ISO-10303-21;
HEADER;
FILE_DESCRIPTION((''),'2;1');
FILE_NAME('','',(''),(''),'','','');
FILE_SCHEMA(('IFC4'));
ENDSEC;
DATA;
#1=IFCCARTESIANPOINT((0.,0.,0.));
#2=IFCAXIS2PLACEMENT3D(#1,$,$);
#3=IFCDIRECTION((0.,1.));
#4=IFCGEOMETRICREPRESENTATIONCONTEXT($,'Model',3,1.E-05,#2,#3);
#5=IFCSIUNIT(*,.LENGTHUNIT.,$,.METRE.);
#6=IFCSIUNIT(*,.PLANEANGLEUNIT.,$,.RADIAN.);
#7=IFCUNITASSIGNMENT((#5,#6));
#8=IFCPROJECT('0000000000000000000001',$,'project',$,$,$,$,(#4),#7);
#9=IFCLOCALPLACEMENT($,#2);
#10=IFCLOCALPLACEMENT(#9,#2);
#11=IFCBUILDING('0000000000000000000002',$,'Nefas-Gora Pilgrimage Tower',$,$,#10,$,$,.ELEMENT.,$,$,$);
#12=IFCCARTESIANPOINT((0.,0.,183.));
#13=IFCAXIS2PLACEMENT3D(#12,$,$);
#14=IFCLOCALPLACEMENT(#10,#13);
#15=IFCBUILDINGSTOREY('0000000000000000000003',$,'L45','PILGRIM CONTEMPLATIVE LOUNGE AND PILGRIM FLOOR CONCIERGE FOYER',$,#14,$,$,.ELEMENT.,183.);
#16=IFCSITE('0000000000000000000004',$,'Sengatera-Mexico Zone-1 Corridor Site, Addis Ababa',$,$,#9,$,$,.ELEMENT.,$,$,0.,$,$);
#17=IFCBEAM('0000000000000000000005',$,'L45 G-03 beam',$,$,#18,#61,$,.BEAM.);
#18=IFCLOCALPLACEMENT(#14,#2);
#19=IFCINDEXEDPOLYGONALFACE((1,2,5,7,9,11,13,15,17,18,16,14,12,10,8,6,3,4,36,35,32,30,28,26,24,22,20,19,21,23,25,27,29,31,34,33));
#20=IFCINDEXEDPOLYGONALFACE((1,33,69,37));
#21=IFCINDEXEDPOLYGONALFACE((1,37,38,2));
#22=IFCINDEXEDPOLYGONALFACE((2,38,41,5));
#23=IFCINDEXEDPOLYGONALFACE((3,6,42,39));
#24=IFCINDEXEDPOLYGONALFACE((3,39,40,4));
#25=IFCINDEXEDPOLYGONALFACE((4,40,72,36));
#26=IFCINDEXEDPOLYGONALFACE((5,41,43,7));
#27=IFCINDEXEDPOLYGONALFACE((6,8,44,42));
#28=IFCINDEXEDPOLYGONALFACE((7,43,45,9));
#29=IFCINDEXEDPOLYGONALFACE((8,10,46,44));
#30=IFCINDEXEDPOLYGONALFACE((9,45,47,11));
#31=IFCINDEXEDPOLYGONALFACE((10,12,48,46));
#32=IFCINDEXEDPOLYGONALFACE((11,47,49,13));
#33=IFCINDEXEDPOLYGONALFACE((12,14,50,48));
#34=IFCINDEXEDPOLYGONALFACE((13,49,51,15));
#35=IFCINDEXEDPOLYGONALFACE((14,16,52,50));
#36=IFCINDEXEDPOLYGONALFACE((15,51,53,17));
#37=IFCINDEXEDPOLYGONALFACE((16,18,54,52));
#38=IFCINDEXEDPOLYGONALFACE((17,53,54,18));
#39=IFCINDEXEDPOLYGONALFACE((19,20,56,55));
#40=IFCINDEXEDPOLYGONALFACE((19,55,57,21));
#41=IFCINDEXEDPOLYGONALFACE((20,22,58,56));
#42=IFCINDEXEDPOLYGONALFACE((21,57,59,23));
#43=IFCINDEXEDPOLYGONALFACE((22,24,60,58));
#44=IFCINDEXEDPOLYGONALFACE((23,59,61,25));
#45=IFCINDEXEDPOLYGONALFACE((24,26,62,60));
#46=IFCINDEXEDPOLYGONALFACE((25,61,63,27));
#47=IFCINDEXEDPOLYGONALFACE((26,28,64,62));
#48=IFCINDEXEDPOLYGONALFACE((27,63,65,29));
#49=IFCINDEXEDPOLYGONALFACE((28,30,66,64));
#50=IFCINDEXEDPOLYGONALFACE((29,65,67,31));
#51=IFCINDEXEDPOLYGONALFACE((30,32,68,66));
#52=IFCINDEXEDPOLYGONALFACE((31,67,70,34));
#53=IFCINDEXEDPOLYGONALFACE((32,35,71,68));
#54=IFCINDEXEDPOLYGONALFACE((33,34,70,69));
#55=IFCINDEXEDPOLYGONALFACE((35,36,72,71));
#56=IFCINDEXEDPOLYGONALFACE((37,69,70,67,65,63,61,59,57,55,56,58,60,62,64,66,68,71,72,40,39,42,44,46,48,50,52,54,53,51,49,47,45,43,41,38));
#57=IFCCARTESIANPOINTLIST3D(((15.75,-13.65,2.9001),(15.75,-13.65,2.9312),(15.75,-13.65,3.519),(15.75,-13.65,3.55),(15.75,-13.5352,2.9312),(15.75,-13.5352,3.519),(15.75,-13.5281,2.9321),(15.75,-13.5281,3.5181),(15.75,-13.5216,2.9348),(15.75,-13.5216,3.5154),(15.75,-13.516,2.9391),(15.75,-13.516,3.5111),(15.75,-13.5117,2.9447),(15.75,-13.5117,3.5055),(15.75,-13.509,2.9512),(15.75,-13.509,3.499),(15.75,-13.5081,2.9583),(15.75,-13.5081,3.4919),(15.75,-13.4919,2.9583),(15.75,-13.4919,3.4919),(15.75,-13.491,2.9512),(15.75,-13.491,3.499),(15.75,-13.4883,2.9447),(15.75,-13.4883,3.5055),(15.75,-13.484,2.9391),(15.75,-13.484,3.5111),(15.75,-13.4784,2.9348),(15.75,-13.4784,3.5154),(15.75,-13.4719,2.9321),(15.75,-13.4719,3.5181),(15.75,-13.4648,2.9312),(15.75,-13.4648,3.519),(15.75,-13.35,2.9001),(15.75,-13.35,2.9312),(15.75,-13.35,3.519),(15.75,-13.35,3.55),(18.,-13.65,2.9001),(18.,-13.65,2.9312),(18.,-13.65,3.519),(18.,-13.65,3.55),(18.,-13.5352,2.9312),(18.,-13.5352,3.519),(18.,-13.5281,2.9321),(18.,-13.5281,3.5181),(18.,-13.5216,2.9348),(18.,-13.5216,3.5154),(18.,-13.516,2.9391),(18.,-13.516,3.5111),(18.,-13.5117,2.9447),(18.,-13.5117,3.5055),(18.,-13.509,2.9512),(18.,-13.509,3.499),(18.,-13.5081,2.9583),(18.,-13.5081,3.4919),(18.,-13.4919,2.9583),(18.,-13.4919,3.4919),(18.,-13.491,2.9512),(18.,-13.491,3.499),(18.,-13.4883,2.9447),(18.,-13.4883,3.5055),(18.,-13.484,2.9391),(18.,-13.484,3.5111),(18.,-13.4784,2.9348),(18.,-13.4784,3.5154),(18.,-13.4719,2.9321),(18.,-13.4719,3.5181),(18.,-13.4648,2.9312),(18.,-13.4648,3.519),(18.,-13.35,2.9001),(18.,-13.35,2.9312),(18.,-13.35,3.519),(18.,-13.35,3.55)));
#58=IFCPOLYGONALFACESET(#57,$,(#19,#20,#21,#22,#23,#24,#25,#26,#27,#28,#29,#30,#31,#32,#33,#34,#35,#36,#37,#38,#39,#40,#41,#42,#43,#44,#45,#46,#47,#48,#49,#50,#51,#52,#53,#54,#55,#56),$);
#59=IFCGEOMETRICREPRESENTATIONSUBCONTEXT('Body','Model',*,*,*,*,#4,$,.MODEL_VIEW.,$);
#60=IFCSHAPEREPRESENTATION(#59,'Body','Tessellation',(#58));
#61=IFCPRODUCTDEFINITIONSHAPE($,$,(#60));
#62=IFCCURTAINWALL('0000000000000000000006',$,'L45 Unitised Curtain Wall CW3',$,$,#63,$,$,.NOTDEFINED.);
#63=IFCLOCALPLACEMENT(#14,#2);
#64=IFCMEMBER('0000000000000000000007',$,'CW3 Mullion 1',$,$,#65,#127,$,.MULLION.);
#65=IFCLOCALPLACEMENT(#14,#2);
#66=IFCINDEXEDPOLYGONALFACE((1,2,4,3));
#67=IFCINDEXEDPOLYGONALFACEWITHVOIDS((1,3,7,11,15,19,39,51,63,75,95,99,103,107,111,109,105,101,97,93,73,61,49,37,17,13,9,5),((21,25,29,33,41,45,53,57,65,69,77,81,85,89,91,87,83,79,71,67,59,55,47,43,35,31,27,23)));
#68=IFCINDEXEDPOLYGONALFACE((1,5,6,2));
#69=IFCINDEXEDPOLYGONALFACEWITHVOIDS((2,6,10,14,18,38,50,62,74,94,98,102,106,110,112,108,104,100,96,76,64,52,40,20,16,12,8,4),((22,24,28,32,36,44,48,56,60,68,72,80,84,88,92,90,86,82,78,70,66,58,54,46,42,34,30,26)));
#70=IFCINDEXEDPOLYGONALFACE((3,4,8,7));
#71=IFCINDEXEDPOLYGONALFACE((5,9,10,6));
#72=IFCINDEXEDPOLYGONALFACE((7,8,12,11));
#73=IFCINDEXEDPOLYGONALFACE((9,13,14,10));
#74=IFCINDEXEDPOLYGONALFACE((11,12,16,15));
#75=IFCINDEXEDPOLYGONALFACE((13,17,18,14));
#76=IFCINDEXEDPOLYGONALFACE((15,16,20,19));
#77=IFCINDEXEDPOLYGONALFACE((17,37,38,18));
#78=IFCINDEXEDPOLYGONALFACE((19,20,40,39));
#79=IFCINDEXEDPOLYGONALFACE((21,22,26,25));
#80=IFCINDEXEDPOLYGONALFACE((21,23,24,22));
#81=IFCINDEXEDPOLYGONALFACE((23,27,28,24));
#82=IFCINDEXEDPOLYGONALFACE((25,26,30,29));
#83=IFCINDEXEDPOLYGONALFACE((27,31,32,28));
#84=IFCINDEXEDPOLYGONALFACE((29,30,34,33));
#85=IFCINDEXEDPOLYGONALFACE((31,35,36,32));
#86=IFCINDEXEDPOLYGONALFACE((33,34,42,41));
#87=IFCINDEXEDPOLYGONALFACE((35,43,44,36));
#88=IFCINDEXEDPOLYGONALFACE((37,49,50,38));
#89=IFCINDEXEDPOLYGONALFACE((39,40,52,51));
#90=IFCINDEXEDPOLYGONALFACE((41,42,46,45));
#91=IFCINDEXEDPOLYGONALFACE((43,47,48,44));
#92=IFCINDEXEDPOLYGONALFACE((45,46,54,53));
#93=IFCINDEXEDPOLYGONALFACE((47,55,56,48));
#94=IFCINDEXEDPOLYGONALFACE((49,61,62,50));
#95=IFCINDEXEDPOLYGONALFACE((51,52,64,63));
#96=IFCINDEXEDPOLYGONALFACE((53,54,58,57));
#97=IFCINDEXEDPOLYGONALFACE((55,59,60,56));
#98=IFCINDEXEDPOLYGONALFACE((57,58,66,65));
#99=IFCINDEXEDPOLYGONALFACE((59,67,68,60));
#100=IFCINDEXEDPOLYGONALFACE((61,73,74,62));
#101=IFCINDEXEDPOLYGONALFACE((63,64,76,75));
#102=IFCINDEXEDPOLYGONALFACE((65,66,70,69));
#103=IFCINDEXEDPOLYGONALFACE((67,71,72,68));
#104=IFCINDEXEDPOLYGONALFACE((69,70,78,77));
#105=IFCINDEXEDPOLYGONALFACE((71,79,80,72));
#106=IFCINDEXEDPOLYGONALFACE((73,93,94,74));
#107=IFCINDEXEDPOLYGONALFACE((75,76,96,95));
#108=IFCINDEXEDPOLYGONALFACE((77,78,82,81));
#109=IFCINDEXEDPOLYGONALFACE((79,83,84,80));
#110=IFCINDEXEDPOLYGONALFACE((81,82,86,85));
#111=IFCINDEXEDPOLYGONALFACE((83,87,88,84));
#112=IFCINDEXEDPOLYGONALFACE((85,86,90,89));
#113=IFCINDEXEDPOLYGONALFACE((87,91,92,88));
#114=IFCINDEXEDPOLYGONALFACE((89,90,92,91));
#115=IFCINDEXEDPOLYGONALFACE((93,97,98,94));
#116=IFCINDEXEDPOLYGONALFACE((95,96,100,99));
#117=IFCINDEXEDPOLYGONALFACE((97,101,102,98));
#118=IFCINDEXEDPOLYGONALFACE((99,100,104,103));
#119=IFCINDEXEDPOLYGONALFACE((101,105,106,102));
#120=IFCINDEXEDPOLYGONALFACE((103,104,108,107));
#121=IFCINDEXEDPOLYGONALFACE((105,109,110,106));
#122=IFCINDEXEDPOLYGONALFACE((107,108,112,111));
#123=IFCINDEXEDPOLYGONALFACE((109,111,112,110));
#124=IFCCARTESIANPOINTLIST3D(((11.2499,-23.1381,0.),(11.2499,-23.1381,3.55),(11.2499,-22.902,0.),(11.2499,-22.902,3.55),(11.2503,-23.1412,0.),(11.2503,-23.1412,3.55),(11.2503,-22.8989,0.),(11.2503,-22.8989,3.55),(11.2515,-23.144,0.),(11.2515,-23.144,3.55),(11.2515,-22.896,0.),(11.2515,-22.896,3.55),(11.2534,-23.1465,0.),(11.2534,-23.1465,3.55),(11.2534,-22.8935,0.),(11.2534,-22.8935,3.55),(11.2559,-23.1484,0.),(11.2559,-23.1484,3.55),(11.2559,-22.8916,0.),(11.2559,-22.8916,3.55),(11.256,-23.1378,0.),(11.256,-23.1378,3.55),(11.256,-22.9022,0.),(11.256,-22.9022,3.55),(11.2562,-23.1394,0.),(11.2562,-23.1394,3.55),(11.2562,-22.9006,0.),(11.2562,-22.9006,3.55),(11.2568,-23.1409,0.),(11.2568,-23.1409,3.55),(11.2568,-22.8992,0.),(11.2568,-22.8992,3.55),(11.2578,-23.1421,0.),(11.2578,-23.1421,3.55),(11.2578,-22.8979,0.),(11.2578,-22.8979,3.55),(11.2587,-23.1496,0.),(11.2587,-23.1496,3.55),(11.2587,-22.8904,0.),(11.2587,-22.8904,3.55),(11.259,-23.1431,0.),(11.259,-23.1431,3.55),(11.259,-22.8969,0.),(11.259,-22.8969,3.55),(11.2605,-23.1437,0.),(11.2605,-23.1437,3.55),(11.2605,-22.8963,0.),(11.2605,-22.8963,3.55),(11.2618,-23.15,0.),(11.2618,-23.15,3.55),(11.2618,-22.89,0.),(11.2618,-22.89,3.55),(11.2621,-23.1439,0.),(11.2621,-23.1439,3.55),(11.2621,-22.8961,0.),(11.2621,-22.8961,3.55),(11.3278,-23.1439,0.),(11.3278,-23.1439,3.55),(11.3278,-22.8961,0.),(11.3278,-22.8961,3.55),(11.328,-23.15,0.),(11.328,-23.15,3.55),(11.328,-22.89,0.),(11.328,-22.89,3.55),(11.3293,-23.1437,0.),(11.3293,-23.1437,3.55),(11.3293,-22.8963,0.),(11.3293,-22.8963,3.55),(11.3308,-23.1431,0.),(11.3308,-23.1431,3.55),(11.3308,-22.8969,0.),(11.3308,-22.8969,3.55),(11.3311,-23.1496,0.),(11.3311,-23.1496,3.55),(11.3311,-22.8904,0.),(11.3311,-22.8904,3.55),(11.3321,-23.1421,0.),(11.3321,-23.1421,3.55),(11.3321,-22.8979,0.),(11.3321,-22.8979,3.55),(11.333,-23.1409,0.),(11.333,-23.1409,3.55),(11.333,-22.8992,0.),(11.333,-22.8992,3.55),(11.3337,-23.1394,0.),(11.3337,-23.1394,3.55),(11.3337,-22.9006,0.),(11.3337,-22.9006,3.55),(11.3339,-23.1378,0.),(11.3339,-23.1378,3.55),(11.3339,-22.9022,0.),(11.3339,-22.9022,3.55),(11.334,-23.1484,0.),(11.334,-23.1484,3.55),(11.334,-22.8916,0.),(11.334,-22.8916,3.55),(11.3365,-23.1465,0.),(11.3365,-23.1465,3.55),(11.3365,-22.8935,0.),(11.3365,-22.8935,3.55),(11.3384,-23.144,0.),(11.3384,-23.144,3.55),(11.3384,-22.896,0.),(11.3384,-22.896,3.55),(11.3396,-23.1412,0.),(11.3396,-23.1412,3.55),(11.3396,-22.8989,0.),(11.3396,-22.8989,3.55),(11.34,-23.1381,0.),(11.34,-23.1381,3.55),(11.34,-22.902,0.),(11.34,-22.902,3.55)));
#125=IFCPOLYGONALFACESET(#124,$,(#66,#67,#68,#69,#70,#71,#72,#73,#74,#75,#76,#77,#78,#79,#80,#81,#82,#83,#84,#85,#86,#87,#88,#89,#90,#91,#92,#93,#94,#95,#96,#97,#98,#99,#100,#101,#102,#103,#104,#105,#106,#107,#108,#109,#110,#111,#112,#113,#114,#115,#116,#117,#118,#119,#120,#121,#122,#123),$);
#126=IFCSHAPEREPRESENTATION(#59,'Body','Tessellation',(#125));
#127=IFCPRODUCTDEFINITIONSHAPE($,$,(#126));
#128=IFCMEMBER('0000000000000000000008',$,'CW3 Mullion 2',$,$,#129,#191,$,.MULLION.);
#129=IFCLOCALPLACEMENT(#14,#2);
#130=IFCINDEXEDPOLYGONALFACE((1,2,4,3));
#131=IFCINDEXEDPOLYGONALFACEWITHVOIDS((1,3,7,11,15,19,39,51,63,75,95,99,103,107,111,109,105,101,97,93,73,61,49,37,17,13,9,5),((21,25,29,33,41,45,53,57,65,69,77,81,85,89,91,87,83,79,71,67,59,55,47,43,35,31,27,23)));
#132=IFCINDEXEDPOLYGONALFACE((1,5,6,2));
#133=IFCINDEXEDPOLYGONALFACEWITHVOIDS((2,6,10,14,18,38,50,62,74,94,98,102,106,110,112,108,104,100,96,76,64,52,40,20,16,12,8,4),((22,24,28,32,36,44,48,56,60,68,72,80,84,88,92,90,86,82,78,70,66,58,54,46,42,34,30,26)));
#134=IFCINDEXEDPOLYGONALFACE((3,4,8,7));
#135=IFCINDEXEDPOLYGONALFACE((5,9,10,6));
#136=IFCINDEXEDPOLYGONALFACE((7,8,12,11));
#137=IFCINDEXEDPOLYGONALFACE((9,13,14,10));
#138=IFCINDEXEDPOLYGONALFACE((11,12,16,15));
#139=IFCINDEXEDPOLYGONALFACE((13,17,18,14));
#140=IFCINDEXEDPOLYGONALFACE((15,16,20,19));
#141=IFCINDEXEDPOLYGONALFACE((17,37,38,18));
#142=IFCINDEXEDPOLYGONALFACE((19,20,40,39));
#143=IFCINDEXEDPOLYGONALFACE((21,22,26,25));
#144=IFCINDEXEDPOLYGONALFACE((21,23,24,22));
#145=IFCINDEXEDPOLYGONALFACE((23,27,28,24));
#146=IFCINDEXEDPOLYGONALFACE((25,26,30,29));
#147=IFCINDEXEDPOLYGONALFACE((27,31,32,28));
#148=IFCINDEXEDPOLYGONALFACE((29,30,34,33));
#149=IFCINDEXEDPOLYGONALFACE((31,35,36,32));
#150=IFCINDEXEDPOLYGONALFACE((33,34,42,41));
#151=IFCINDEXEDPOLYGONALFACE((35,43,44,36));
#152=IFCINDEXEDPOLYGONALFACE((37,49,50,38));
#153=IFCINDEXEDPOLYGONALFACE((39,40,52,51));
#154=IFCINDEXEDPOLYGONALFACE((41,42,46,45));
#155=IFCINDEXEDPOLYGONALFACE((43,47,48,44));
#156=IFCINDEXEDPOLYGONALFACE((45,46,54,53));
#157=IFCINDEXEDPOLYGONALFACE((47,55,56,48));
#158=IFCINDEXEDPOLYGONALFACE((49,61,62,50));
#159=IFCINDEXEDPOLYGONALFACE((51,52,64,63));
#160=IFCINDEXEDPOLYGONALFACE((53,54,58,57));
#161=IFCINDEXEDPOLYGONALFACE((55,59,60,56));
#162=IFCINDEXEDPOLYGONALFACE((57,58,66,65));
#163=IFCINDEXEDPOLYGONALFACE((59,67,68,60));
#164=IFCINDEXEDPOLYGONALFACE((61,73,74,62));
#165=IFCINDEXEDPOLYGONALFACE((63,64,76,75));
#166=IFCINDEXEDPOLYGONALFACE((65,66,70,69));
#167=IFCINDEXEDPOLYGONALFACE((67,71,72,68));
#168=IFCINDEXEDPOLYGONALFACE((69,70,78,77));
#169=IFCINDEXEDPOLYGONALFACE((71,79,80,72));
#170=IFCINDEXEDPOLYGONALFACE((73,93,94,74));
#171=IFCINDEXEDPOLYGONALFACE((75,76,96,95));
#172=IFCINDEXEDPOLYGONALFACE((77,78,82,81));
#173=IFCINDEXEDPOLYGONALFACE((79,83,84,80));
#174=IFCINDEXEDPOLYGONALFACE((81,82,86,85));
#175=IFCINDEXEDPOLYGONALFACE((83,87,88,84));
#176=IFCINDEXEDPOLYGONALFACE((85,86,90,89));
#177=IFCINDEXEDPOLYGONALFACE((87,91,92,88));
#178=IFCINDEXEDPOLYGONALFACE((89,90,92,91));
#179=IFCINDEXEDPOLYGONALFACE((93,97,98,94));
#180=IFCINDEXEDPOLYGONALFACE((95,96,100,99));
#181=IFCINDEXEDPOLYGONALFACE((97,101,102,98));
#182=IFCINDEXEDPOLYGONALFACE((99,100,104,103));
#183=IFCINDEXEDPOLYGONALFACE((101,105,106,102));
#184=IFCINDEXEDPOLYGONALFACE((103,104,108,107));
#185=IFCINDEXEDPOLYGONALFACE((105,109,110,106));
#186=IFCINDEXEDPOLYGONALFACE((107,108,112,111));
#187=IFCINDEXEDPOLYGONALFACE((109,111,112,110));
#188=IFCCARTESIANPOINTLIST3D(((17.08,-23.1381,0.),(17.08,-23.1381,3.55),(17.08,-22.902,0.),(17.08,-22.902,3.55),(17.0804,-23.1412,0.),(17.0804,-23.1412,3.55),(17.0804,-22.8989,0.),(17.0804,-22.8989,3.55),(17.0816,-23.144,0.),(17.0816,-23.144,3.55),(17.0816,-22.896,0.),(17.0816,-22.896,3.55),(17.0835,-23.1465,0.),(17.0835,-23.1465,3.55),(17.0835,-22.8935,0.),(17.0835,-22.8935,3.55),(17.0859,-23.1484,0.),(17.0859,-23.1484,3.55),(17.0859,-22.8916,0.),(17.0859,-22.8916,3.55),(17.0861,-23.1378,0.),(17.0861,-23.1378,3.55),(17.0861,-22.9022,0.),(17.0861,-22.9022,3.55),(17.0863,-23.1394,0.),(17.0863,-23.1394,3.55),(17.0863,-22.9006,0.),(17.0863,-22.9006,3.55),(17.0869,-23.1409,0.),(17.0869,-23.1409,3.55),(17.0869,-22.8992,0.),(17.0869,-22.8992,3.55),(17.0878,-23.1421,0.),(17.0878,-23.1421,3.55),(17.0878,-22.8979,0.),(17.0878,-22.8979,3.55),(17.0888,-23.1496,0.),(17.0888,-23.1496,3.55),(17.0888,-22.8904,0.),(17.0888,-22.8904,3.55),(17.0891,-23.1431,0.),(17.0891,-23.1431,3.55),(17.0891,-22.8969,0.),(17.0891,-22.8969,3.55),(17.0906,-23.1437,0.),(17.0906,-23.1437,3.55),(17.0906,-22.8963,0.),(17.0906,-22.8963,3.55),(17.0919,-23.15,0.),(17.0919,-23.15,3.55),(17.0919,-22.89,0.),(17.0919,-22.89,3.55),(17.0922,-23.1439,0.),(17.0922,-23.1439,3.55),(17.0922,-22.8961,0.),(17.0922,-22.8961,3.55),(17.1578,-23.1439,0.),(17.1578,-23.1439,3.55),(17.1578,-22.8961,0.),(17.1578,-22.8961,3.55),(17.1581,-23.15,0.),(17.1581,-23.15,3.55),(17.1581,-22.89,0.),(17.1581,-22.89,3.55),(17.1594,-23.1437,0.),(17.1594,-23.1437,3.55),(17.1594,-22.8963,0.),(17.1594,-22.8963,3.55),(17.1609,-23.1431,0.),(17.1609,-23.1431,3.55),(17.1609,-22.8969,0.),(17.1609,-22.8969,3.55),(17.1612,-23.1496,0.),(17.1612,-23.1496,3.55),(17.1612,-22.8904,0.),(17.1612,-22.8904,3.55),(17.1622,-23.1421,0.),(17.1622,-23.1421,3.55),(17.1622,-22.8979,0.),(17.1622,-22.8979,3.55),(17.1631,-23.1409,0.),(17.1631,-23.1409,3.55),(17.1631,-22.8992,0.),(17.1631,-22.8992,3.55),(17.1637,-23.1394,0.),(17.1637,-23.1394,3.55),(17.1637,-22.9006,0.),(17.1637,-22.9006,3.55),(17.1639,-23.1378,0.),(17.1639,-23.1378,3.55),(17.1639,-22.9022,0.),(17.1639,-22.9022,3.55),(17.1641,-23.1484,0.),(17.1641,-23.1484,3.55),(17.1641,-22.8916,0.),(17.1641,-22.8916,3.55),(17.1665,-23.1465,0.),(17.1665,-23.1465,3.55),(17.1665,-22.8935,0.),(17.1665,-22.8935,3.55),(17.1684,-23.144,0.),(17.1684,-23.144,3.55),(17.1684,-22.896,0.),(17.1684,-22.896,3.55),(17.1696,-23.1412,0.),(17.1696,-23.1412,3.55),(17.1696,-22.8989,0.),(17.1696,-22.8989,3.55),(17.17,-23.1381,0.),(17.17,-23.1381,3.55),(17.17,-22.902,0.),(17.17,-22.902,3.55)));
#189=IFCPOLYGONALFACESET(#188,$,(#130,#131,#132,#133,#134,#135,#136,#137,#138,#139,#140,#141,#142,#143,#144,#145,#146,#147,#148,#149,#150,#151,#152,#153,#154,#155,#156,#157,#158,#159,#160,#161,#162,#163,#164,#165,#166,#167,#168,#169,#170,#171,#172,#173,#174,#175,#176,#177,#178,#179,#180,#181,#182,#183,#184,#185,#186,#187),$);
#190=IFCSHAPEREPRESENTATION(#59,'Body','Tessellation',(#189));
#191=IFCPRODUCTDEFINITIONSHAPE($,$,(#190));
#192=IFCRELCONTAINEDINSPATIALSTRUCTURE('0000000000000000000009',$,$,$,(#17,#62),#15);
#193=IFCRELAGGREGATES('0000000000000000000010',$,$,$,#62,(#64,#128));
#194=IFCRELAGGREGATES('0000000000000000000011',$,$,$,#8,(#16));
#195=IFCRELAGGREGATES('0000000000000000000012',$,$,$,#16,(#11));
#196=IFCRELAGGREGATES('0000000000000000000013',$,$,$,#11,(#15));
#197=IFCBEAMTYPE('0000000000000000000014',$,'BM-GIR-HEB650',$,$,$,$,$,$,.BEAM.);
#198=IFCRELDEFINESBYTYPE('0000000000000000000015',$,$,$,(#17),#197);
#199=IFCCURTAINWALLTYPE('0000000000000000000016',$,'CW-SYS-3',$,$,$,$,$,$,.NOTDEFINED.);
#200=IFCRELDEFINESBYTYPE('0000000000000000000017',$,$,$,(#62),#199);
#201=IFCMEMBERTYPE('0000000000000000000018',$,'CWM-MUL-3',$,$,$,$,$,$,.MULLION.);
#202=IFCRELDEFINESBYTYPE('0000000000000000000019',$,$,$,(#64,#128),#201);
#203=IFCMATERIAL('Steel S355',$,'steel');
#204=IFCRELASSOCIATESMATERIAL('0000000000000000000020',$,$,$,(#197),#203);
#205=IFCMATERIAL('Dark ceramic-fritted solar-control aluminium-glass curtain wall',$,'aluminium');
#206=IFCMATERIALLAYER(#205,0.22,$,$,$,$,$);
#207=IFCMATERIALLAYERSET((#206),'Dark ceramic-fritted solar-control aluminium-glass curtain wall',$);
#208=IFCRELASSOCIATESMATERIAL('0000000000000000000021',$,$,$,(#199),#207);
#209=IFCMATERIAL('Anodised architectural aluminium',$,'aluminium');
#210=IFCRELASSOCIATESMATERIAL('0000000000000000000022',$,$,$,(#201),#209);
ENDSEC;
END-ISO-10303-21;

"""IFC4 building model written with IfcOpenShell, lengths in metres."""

from ifc_helpers import new_model, si_unit, direction, frame, origin, origin_2d, place, context, subcontext, project, spatial, hollow_rectangle, i_section, extrude, source, transform, mapped, material, layer, layer_set, material_profile, profile_set, type_object, element, aggregate, save


model = new_model("IFC4")

# Units and contexts
model_context = context("Model", 3, precision=1e-05, world=origin(), true_north=direction((0.0, 1.0)))
body_context = subcontext(model_context, "Body", "Model", "MODEL_VIEW")
ifc_project = project(units=[si_unit("LENGTHUNIT", "METRE"), si_unit("PLANEANGLEUNIT", "RADIAN")], contexts=[model_context])

# Site, building, storey
site_placement = place(None, origin())
site = spatial("IfcSite", under=ifc_project, at=site_placement, Name="Sengatera-Mexico Zone-1 Corridor Site, Addis Ababa", CompositionType="ELEMENT", RefElevation=0.0)
building_placement = place(site_placement, origin())
building = spatial("IfcBuilding", under=site, at=building_placement, Name="Nefas-Gora Pilgrimage Tower", CompositionType="ELEMENT")
storey_placement = place(building_placement, frame((0.0, 0.0, 183.0)))
storey = spatial("IfcBuildingStorey", under=building, at=storey_placement, Name="L45", Description="PILGRIM CONTEMPLATIVE LOUNGE AND PILGRIM FLOOR CONCIERGE FOYER", CompositionType="ELEMENT", Elevation=183.0)

# Beam
ifc_material_1 = material(Name="Steel S355", Category="steel")
ifc_material_profile_1 = material_profile(ifc_material_1, i_section(OverallWidth=0.3, OverallDepth=0.6499, WebThickness=0.0161, FlangeThickness=0.031, FilletRadius=0.0271, at=origin_2d()), Name="HEB 650")
ifc_profile_set_1 = profile_set([ifc_material_profile_1], Name="Steel S355")
beam_type_1 = type_object("IfcBeamType", Name="BM-GIR-HEB650", PredefinedType="BEAM", material=ifc_profile_set_1)
shared_shape_1 = source(origin(), body_context, "Body", "SweptSolid", [
    extrude(i_section(OverallWidth=0.3, OverallDepth=0.6499, WebThickness=0.0161, FlangeThickness=0.031, FilletRadius=0.0271, at=origin_2d()), origin(), (0.0, 0.0, 1.0), 2.25),
])
beam_1_placement = place(storey_placement, frame((15.75, -13.5, 3.2251), z_axis=(1.0, 0.0, 0.0), x_axis=(0.0, 1.0, 0.0)))
element("IfcBeam", 1, at=beam_1_placement, inside=storey, type_object=beam_type_1, Name="L45 G-03 beam", PredefinedType="BEAM", context=body_context, shape_type="MappedRepresentation", body=[
    mapped(shared_shape_1, transform((0.0, 0.0, 0.0), x_axis=(1.0, 0.0, 0.0), y_axis=(0.0, 1.0, 0.0), z_axis=(0.0, 0.0, 1.0), scale=1.0)),
])

# Curtain wall, members
ifc_material_2 = material(Name="Dark ceramic-fritted solar-control aluminium-glass curtain wall", Category="aluminium")
ifc_layer_1 = layer(ifc_material_2, 0.22)
ifc_layer_set_1 = layer_set([ifc_layer_1], Name="Dark ceramic-fritted solar-control aluminium-glass curtain wall")
curtain_wall_type = type_object("IfcCurtainWallType", Name="CW-SYS-3", PredefinedType="NOTDEFINED", material=ifc_layer_set_1)
curtain_wall_1_placement = place(storey_placement, origin())
curtain_wall_1 = element("IfcCurtainWall", 2, at=curtain_wall_1_placement, inside=storey, type_object=curtain_wall_type, Name="L45 Unitised Curtain Wall CW3", PredefinedType="NOTDEFINED")
ifc_material_3 = material(Name="Anodised architectural aluminium", Category="aluminium")
ifc_material_profile_2 = material_profile(ifc_material_3, hollow_rectangle(XDim=0.0901, YDim=0.26, WallThickness=0.0061, InnerFilletRadius=0.0061, OuterFilletRadius=0.012, at=origin_2d()), Name="ALU MULLION 90x260")
ifc_profile_set_2 = profile_set([ifc_material_profile_2], Name="Anodised architectural aluminium")
member_type_1 = type_object("IfcMemberType", Name="CWM-MUL-3", PredefinedType="MULLION", material=ifc_profile_set_2)
shared_shape_2 = source(origin(), body_context, "Body", "SweptSolid", [
    extrude(hollow_rectangle(XDim=0.0901, YDim=0.26, WallThickness=0.0061, InnerFilletRadius=0.0061, OuterFilletRadius=0.012, at=origin_2d()), origin(), (0.0, 0.0, 1.0), 3.55),
])
member_1_placement = place(storey_placement, frame((11.2949, -23.02, 0.0), z_axis=(0.0, 0.0, 1.0), x_axis=(1.0, 0.0, 0.0)))
member_1 = element("IfcMember", 3, at=member_1_placement, type_object=member_type_1, Name="CW3 Mullion 1", PredefinedType="MULLION", context=body_context, shape_type="MappedRepresentation", body=[
    mapped(shared_shape_2, transform((0.0, 0.0, 0.0), x_axis=(1.0, 0.0, 0.0), y_axis=(0.0, 1.0, 0.0), z_axis=(0.0, 0.0, 1.0), scale=1.0)),
])
member_2_placement = place(storey_placement, frame((17.125, -23.02, 0.0), z_axis=(0.0, 0.0, 1.0), x_axis=(1.0, 0.0, 0.0)))
member_2 = element("IfcMember", 4, at=member_2_placement, type_object=member_type_1, Name="CW3 Mullion 2", PredefinedType="MULLION", context=body_context, shape_type="MappedRepresentation", body=[
    mapped(shared_shape_2, transform((0.0, 0.0, 0.0), x_axis=(1.0, 0.0, 0.0), y_axis=(0.0, 1.0, 0.0), z_axis=(0.0, 0.0, 1.0), scale=1.0)),
])

aggregate(curtain_wall_1, [member_1, member_2])

save(model, "model.ifc")
